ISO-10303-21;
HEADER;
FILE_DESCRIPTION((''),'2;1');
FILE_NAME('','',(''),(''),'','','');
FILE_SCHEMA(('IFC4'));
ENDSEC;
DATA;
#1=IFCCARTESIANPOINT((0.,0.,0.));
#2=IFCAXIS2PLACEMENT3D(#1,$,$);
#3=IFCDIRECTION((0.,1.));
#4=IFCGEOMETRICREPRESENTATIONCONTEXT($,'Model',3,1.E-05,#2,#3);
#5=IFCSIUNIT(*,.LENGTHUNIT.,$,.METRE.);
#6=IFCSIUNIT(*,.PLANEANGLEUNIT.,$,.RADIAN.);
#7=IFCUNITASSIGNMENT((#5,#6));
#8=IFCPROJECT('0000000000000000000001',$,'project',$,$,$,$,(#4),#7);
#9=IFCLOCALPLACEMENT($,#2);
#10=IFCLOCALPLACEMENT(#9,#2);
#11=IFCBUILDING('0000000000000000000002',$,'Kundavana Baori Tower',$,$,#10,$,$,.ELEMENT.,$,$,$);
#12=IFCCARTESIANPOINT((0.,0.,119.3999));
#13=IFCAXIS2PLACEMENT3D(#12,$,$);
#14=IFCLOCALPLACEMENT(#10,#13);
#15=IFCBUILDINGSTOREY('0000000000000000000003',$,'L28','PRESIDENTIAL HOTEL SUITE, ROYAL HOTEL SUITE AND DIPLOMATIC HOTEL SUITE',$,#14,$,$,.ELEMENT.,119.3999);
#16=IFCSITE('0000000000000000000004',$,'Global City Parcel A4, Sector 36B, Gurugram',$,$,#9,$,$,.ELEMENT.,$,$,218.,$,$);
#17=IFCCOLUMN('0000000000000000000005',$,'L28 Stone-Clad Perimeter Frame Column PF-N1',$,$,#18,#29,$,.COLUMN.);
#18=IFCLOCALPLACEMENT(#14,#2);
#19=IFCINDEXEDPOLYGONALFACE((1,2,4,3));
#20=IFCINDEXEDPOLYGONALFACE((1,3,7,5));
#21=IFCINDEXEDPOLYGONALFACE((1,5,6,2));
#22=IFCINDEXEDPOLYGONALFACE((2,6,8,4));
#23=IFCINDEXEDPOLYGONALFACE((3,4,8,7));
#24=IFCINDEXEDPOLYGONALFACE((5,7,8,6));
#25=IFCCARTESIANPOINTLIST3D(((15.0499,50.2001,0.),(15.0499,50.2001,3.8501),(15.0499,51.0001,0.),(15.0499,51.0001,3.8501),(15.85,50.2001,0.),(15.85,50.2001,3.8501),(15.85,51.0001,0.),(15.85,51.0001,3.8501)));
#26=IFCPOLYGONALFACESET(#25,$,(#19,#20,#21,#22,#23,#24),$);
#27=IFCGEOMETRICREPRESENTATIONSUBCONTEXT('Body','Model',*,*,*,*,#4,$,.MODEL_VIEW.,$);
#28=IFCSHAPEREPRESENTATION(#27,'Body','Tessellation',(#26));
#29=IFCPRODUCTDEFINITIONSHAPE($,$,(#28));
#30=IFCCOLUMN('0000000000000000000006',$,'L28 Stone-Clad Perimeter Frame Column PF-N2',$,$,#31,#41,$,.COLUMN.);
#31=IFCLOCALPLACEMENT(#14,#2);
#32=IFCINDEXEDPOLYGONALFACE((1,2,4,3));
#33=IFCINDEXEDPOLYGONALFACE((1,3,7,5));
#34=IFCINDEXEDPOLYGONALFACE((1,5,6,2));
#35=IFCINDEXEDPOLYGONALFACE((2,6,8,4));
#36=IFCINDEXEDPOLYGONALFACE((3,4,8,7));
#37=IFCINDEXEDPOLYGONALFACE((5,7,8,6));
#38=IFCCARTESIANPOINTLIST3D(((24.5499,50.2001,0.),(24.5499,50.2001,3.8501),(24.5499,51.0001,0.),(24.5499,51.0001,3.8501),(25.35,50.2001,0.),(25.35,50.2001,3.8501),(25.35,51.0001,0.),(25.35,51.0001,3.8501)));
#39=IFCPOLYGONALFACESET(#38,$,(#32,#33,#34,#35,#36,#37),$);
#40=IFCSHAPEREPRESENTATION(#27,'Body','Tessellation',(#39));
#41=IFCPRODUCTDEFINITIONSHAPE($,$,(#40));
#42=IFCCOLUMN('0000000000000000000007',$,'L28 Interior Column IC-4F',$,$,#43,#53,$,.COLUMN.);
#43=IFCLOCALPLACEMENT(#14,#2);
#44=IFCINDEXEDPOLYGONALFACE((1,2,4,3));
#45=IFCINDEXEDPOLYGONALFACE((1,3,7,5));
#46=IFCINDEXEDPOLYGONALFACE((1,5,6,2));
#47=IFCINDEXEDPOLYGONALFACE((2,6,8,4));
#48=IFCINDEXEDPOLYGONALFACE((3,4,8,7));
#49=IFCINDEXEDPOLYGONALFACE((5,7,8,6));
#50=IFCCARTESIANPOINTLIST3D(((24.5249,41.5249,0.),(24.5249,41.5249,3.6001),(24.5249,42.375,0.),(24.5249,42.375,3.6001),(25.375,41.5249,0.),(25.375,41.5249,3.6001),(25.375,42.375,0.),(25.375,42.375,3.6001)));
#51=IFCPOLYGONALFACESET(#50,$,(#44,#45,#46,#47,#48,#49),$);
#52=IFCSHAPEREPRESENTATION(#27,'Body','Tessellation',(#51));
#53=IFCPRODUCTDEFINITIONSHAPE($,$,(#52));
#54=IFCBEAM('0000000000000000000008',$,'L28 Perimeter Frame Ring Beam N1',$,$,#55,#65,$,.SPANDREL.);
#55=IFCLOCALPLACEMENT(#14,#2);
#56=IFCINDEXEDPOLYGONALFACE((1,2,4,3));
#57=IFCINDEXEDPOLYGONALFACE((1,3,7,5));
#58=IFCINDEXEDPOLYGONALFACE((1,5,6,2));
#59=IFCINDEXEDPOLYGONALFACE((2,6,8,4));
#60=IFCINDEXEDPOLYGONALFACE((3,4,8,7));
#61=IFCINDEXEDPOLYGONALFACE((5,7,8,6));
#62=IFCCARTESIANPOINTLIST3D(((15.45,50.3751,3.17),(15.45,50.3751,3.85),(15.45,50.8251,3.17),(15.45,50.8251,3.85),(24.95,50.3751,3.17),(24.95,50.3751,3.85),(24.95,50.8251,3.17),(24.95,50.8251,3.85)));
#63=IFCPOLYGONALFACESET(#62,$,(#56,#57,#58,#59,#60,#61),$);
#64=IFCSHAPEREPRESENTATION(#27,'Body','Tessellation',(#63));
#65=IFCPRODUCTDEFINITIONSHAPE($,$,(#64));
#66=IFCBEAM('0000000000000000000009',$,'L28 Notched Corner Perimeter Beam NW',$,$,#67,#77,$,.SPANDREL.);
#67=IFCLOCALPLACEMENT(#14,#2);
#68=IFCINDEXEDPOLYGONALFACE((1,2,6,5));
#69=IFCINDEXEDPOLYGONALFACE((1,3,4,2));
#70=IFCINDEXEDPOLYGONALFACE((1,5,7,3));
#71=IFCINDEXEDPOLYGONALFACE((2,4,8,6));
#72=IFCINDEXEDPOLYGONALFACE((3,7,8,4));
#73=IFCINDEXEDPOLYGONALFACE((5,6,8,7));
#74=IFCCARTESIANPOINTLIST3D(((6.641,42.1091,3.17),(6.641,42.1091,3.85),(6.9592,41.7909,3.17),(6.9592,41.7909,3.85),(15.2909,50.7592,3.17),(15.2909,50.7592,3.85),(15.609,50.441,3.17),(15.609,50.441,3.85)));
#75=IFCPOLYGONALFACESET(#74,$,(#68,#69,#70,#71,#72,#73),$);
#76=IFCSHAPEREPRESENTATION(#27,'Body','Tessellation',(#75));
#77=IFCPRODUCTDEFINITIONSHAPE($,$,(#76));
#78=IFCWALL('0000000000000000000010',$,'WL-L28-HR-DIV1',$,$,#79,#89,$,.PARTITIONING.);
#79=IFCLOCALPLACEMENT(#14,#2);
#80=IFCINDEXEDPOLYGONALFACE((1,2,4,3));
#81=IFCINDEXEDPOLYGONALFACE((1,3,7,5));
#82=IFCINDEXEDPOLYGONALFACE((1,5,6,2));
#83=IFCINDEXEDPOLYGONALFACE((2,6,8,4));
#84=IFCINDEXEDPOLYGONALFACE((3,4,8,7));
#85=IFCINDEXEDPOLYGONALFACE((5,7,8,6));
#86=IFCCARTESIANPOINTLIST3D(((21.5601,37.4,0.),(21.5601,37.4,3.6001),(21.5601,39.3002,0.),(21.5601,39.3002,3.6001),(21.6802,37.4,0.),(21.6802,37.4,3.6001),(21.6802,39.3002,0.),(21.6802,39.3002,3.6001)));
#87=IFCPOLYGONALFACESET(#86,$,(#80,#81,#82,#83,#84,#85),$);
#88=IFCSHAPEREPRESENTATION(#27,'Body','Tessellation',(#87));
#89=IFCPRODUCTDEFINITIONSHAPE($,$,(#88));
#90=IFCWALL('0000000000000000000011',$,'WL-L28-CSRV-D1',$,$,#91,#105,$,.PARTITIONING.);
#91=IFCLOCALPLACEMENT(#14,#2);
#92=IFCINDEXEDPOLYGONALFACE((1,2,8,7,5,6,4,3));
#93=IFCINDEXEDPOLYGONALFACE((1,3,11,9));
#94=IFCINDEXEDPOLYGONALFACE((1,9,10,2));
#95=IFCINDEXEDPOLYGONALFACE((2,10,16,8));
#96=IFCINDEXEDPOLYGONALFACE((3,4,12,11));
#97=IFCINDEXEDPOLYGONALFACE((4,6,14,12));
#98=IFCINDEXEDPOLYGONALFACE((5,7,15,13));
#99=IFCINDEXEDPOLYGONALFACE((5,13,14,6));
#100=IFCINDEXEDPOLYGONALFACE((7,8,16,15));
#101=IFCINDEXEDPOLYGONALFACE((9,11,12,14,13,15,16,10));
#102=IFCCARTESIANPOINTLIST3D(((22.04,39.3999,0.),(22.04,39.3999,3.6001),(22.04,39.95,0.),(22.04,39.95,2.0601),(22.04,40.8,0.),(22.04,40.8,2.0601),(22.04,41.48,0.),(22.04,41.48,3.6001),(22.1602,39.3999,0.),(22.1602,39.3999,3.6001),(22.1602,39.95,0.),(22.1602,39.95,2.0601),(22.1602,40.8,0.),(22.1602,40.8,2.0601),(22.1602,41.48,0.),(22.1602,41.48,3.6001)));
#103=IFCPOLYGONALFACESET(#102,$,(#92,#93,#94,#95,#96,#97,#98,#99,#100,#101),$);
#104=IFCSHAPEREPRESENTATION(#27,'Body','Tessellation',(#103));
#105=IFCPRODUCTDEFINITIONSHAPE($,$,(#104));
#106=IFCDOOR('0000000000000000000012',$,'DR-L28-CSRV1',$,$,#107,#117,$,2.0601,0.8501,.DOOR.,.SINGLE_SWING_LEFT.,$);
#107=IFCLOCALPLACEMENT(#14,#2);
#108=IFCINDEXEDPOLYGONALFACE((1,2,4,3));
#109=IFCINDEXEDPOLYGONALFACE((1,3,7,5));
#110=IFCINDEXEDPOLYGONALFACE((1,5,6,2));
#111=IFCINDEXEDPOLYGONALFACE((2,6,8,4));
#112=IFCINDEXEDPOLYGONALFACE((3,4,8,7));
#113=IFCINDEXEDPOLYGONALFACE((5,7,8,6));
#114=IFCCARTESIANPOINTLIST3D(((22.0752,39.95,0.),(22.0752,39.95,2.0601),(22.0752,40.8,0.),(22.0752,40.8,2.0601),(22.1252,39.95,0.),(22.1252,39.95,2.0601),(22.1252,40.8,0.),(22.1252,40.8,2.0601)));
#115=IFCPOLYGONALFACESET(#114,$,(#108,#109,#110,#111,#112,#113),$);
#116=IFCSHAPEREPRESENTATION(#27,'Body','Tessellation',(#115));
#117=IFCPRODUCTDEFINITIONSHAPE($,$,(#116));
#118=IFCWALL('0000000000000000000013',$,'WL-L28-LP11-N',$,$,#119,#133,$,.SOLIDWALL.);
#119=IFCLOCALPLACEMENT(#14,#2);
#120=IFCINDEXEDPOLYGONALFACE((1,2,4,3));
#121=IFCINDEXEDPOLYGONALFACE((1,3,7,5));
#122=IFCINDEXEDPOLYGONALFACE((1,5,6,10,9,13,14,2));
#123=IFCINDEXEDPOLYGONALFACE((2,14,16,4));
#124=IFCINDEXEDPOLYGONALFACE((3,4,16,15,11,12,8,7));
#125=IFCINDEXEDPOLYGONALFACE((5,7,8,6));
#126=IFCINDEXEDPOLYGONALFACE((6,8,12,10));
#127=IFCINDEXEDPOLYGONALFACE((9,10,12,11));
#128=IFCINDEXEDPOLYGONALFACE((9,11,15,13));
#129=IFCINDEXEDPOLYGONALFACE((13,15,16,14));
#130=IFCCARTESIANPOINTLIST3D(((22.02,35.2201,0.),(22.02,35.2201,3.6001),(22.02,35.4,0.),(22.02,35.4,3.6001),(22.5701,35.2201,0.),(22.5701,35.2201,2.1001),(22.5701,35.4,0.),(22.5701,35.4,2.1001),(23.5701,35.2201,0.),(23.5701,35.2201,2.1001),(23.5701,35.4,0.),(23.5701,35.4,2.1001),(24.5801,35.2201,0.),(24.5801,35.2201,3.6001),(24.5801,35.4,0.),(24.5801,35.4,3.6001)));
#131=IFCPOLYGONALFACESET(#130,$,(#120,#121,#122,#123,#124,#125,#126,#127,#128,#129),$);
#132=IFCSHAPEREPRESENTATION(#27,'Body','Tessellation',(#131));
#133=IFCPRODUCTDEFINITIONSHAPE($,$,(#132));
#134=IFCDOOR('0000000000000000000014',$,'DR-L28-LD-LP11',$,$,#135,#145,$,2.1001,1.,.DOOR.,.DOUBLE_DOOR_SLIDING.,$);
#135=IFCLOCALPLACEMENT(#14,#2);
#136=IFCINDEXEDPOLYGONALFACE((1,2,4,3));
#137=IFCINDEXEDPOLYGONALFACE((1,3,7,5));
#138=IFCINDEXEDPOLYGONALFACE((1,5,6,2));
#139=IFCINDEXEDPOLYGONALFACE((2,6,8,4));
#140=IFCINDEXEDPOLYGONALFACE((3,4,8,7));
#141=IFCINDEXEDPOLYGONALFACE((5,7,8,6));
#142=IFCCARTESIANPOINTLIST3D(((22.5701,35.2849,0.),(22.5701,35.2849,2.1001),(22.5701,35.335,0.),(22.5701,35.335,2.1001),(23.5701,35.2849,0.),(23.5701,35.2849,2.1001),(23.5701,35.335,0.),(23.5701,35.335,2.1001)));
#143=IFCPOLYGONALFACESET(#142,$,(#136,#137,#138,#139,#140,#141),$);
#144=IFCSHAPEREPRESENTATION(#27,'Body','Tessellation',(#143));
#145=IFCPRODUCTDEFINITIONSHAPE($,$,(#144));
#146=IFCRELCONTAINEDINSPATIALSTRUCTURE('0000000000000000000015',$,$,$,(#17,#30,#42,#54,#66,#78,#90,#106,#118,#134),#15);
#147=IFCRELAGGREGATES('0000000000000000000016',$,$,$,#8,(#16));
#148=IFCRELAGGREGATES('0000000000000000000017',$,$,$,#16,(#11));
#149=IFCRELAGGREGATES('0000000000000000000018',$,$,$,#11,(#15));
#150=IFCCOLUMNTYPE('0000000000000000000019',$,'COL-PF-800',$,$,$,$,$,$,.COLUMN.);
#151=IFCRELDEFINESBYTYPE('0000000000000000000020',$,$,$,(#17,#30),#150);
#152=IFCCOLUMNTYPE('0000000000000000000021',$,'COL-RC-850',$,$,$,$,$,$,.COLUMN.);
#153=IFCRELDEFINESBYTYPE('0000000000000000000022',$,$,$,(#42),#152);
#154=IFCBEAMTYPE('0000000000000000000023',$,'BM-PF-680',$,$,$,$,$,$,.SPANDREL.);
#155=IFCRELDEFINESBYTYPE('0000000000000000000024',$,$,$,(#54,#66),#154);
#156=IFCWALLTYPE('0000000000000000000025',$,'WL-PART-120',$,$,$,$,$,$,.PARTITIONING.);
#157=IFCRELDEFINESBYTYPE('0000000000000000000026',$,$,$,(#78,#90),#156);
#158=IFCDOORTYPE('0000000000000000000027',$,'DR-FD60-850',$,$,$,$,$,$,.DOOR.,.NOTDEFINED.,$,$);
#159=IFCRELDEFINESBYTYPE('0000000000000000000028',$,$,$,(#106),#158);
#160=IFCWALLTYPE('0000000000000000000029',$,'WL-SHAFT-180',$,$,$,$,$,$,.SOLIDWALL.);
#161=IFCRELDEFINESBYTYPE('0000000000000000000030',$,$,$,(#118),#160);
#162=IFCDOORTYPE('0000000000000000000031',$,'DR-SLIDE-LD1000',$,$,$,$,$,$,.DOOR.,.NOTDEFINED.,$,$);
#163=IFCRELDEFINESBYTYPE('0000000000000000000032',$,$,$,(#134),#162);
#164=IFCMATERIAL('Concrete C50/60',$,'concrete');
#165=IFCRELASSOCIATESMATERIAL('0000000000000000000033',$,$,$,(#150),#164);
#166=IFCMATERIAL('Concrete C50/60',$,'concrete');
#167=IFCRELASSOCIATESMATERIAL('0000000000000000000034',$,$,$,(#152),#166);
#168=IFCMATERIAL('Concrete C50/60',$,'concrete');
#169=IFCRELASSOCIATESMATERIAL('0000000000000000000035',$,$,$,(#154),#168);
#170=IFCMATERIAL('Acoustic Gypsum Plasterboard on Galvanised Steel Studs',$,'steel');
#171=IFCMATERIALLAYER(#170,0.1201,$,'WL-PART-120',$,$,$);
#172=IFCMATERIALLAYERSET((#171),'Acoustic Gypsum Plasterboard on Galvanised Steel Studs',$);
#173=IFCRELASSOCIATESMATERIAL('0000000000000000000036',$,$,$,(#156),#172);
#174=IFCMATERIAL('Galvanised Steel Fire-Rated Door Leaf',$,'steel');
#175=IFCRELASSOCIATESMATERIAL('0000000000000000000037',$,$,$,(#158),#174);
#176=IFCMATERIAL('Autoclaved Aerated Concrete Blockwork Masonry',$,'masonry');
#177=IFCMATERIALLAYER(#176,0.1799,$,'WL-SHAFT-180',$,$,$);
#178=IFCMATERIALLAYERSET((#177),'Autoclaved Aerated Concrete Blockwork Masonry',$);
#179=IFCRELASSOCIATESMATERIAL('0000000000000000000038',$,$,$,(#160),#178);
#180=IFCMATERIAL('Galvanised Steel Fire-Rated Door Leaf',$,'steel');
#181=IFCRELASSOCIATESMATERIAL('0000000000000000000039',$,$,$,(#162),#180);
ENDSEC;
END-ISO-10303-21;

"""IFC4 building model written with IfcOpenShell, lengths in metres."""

from ifc_helpers import new_model, si_unit, direction, frame, frame_2d, origin, origin_2d, place, context, subcontext, project, spatial, rectangle, extrude, material, layer, layer_set, material_profile, profile_set, type_object, element, fill, save


model = new_model("IFC4")

# Units and contexts
model_context = context("Model", 3, precision=1e-05, world=origin(), true_north=direction((0.0, 1.0)))
body_context = subcontext(model_context, "Body", "Model", "MODEL_VIEW")
ifc_project = project(units=[si_unit("LENGTHUNIT", "METRE"), si_unit("PLANEANGLEUNIT", "RADIAN")], contexts=[model_context])

# Site, building, storey
site_placement = place(None, origin())
site = spatial("IfcSite", under=ifc_project, at=site_placement, Name="Global City Parcel A4, Sector 36B, Gurugram", CompositionType="ELEMENT", RefElevation=218.0)
building_placement = place(site_placement, origin())
building = spatial("IfcBuilding", under=site, at=building_placement, Name="Kundavana Baori Tower", CompositionType="ELEMENT")
storey_placement = place(building_placement, frame((0.0, 0.0, 119.3999)))
storey = spatial("IfcBuildingStorey", under=building, at=storey_placement, Name="L28", Description="PRESIDENTIAL HOTEL SUITE, ROYAL HOTEL SUITE AND DIPLOMATIC HOTEL SUITE", CompositionType="ELEMENT", Elevation=119.3999)

# Columns
ifc_material_1 = material(Name="Concrete C50/60", Category="concrete")
ifc_material_profile_1 = material_profile(ifc_material_1, rectangle(XDim=0.8, YDim=0.8, at=origin_2d()), Name="RC PF 800x800")
ifc_profile_set_1 = profile_set([ifc_material_profile_1], Name="Concrete C50/60")
column_type_1 = type_object("IfcColumnType", Name="COL-PF-800", PredefinedType="COLUMN", material=ifc_profile_set_1)
for number, where, z_axis, x_axis, name in (
    (1, (15.45, 50.6001, 0.0), (0.0, 0.0, 1.0), (1.0, 0.0, 0.0), "L28 Stone-Clad Perimeter Frame Column PF-N1"),
    (2, (24.95, 50.6001, 0.0), (0.0, 0.0, 1.0), (1.0, 0.0, 0.0), "L28 Stone-Clad Perimeter Frame Column PF-N2"),
):
    element("IfcColumn", number, at=place(storey_placement, frame(where, z_axis=z_axis, x_axis=x_axis)), inside=storey, type_object=column_type_1, Name=name, PredefinedType="COLUMN", context=body_context, shape_type="SweptSolid", body=[
        extrude(rectangle(XDim=0.8, YDim=0.8, at=origin_2d()), origin(), (0.0, 0.0, 1.0), 3.8501),
    ])
ifc_material_2 = material(Name="Concrete C50/60", Category="concrete")
ifc_material_profile_2 = material_profile(ifc_material_2, rectangle(XDim=0.8501, YDim=0.8501, at=origin_2d()), Name="RC 850x850")
ifc_profile_set_2 = profile_set([ifc_material_profile_2], Name="Concrete C50/60")
column_type_2 = type_object("IfcColumnType", Name="COL-RC-850", PredefinedType="COLUMN", material=ifc_profile_set_2)
column_placement = place(storey_placement, frame((24.95, 41.95, 0.0), z_axis=(0.0, 0.0, 1.0), x_axis=(1.0, 0.0, 0.0)))
element("IfcColumn", 3, at=column_placement, inside=storey, type_object=column_type_2, Name="L28 Interior Column IC-4F", PredefinedType="COLUMN", context=body_context, shape_type="SweptSolid", body=[
    extrude(rectangle(XDim=0.8501, YDim=0.8501, at=origin_2d()), origin(), (0.0, 0.0, 1.0), 3.6001),
])

# Beams
ifc_material_3 = material(Name="Concrete C50/60", Category="concrete")
ifc_material_profile_3 = material_profile(ifc_material_3, rectangle(XDim=0.45, YDim=0.6799, at=origin_2d()), Name="RC BM 450x680")
ifc_profile_set_3 = profile_set([ifc_material_profile_3], Name="Concrete C50/60")
beam_type = type_object("IfcBeamType", Name="BM-PF-680", PredefinedType="SPANDREL", material=ifc_profile_set_3)
beam_1_placement = place(storey_placement, frame((15.45, 50.6001, 3.51), z_axis=(1.0, 0.0, 0.0), x_axis=(0.0, 1.0, 0.0)))
element("IfcBeam", 4, at=beam_1_placement, inside=storey, type_object=beam_type, Name="L28 Perimeter Frame Ring Beam N1", PredefinedType="SPANDREL", context=body_context, shape_type="SweptSolid", body=[
    extrude(rectangle(XDim=0.45, YDim=0.6799, at=origin_2d()), origin(), (0.0, 0.0, 1.0), 9.5),
])
beam_2_placement = place(storey_placement, frame((15.45, 50.6001, 3.51), z_axis=(-0.707097, -0.707117, 0.0), x_axis=(0.707117, -0.707097, 0.0)))
element("IfcBeam", 5, at=beam_2_placement, inside=storey, type_object=beam_type, Name="L28 Notched Corner Perimeter Beam NW", PredefinedType="SPANDREL", context=body_context, shape_type="SweptSolid", body=[
    extrude(rectangle(XDim=0.45, YDim=0.6799, at=origin_2d()), origin(), (0.0, 0.0, 1.0), 12.2329),
])

# Wall
ifc_material_4 = material(Name="Acoustic Gypsum Plasterboard on Galvanised Steel Studs", Category="steel")
ifc_layer_1 = layer(ifc_material_4, 0.1201, Name="WL-PART-120")
ifc_layer_set_1 = layer_set([ifc_layer_1], Name="Acoustic Gypsum Plasterboard on Galvanised Steel Studs")
wall_type_1 = type_object("IfcWallType", Name="WL-PART-120", PredefinedType="PARTITIONING", material=ifc_layer_set_1)
wall_1_placement = place(storey_placement, frame((21.6201, 37.3999, 0.0), z_axis=(0.0, 0.0, 1.0), x_axis=(0.0, 1.0, 0.0)))
element("IfcWall", 6, at=wall_1_placement, inside=storey, type_object=wall_type_1, Name="WL-L28-HR-DIV1", PredefinedType="PARTITIONING", context=body_context, shape_type="SweptSolid", body=[
    extrude(rectangle(XDim=1.9001, YDim=0.1201, at=frame_2d((0.9502, 0.0))), origin(), (0.0, 0.0, 1.0), 3.6001),
])

# Walls, openings, doors
wall_2_placement = place(storey_placement, frame((22.1001, 39.3999, 0.0), z_axis=(0.0, 0.0, 1.0), x_axis=(0.0, 1.0, 0.0)))
wall_2 = element("IfcWall", 7, at=wall_2_placement, inside=storey, type_object=wall_type_1, Name="WL-L28-CSRV-D1", PredefinedType="PARTITIONING", context=body_context, shape_type="SweptSolid", body=[
    extrude(rectangle(XDim=2.0801, YDim=0.1201, at=frame_2d((1.04, 0.0))), origin(), (0.0, 0.0, 1.0), 3.6001),
])
opening_1_placement = place(wall_2_placement, frame((0.55, 0.0, 0.0)))
opening_1 = element("IfcOpeningElement", 8, at=opening_1_placement, cuts=wall_2, PredefinedType="OPENING", context=body_context, shape_type="SweptSolid", body=[
    extrude(rectangle(XDim=0.8501, YDim=2.0601, at=frame_2d((0.425, 1.03))), frame((0.0, 0.0701, 0.0), z_axis=(0.0, -1.0, 0.0), x_axis=(1.0, 0.0, 0.0)), (0.0, 0.0, 1.0), 0.1401),
])
ifc_material_5 = material(Name="Galvanised Steel Fire-Rated Door Leaf", Category="steel")
door_type_1 = type_object("IfcDoorType", Name="DR-FD60-850", OperationType="NOTDEFINED", PredefinedType="DOOR", material=ifc_material_5)
door_1_placement = place(opening_1_placement, origin())
door_1 = element("IfcDoor", 9, at=door_1_placement, inside=storey, type_object=door_type_1, Name="DR-L28-CSRV1", OperationType="SINGLE_SWING_LEFT", OverallHeight=2.0601, OverallWidth=0.8501, PredefinedType="DOOR", context=body_context, shape_type="SweptSolid", body=[
    extrude(rectangle(XDim=0.8501, YDim=2.0601, at=frame_2d((0.425, 1.03))), frame((0.0, 0.0249, 0.0), z_axis=(0.0, -1.0, 0.0), x_axis=(1.0, 0.0, 0.0)), (0.0, 0.0, 1.0), 0.05),
])
fill(opening_1, door_1)
ifc_material_6 = material(Name="Autoclaved Aerated Concrete Blockwork Masonry", Category="masonry")
ifc_layer_2 = layer(ifc_material_6, 0.1799, Name="WL-SHAFT-180")
ifc_layer_set_2 = layer_set([ifc_layer_2], Name="Autoclaved Aerated Concrete Blockwork Masonry")
wall_type_2 = type_object("IfcWallType", Name="WL-SHAFT-180", PredefinedType="SOLIDWALL", material=ifc_layer_set_2)
wall_3_placement = place(storey_placement, frame((22.02, 35.3101, 0.0), z_axis=(0.0, 0.0, 1.0), x_axis=(1.0, 0.0, 0.0)))
wall_3 = element("IfcWall", 10, at=wall_3_placement, inside=storey, type_object=wall_type_2, Name="WL-L28-LP11-N", PredefinedType="SOLIDWALL", context=body_context, shape_type="SweptSolid", body=[
    extrude(rectangle(XDim=2.5601, YDim=0.1799, at=frame_2d((1.28, 0.0))), origin(), (0.0, 0.0, 1.0), 3.6001),
])
opening_2_placement = place(wall_3_placement, frame((0.55, 0.0, 0.0)))
opening_2 = element("IfcOpeningElement", 11, at=opening_2_placement, cuts=wall_3, PredefinedType="OPENING", context=body_context, shape_type="SweptSolid", body=[
    extrude(rectangle(XDim=1.0, YDim=2.1001, at=frame_2d((0.5, 1.05))), frame((0.0, 0.1001, 0.0), z_axis=(0.0, -1.0, 0.0), x_axis=(1.0, 0.0, 0.0)), (0.0, 0.0, 1.0), 0.2),
])
ifc_material_7 = material(Name="Galvanised Steel Fire-Rated Door Leaf", Category="steel")
door_type_2 = type_object("IfcDoorType", Name="DR-SLIDE-LD1000", OperationType="NOTDEFINED", PredefinedType="DOOR", material=ifc_material_7)
door_2_placement = place(opening_2_placement, origin())
door_2 = element("IfcDoor", 12, at=door_2_placement, inside=storey, type_object=door_type_2, Name="DR-L28-LD-LP11", OperationType="DOUBLE_DOOR_SLIDING", OverallHeight=2.1001, OverallWidth=1.0, PredefinedType="DOOR", context=body_context, shape_type="SweptSolid", body=[
    extrude(rectangle(XDim=1.0, YDim=2.1001, at=frame_2d((0.5, 1.05))), frame((0.0, 0.0249, 0.0), z_axis=(0.0, -1.0, 0.0), x_axis=(1.0, 0.0, 0.0)), (0.0, 0.0, 1.0), 0.05),
])
fill(opening_2, door_2)

save(model, "model.ifc")
